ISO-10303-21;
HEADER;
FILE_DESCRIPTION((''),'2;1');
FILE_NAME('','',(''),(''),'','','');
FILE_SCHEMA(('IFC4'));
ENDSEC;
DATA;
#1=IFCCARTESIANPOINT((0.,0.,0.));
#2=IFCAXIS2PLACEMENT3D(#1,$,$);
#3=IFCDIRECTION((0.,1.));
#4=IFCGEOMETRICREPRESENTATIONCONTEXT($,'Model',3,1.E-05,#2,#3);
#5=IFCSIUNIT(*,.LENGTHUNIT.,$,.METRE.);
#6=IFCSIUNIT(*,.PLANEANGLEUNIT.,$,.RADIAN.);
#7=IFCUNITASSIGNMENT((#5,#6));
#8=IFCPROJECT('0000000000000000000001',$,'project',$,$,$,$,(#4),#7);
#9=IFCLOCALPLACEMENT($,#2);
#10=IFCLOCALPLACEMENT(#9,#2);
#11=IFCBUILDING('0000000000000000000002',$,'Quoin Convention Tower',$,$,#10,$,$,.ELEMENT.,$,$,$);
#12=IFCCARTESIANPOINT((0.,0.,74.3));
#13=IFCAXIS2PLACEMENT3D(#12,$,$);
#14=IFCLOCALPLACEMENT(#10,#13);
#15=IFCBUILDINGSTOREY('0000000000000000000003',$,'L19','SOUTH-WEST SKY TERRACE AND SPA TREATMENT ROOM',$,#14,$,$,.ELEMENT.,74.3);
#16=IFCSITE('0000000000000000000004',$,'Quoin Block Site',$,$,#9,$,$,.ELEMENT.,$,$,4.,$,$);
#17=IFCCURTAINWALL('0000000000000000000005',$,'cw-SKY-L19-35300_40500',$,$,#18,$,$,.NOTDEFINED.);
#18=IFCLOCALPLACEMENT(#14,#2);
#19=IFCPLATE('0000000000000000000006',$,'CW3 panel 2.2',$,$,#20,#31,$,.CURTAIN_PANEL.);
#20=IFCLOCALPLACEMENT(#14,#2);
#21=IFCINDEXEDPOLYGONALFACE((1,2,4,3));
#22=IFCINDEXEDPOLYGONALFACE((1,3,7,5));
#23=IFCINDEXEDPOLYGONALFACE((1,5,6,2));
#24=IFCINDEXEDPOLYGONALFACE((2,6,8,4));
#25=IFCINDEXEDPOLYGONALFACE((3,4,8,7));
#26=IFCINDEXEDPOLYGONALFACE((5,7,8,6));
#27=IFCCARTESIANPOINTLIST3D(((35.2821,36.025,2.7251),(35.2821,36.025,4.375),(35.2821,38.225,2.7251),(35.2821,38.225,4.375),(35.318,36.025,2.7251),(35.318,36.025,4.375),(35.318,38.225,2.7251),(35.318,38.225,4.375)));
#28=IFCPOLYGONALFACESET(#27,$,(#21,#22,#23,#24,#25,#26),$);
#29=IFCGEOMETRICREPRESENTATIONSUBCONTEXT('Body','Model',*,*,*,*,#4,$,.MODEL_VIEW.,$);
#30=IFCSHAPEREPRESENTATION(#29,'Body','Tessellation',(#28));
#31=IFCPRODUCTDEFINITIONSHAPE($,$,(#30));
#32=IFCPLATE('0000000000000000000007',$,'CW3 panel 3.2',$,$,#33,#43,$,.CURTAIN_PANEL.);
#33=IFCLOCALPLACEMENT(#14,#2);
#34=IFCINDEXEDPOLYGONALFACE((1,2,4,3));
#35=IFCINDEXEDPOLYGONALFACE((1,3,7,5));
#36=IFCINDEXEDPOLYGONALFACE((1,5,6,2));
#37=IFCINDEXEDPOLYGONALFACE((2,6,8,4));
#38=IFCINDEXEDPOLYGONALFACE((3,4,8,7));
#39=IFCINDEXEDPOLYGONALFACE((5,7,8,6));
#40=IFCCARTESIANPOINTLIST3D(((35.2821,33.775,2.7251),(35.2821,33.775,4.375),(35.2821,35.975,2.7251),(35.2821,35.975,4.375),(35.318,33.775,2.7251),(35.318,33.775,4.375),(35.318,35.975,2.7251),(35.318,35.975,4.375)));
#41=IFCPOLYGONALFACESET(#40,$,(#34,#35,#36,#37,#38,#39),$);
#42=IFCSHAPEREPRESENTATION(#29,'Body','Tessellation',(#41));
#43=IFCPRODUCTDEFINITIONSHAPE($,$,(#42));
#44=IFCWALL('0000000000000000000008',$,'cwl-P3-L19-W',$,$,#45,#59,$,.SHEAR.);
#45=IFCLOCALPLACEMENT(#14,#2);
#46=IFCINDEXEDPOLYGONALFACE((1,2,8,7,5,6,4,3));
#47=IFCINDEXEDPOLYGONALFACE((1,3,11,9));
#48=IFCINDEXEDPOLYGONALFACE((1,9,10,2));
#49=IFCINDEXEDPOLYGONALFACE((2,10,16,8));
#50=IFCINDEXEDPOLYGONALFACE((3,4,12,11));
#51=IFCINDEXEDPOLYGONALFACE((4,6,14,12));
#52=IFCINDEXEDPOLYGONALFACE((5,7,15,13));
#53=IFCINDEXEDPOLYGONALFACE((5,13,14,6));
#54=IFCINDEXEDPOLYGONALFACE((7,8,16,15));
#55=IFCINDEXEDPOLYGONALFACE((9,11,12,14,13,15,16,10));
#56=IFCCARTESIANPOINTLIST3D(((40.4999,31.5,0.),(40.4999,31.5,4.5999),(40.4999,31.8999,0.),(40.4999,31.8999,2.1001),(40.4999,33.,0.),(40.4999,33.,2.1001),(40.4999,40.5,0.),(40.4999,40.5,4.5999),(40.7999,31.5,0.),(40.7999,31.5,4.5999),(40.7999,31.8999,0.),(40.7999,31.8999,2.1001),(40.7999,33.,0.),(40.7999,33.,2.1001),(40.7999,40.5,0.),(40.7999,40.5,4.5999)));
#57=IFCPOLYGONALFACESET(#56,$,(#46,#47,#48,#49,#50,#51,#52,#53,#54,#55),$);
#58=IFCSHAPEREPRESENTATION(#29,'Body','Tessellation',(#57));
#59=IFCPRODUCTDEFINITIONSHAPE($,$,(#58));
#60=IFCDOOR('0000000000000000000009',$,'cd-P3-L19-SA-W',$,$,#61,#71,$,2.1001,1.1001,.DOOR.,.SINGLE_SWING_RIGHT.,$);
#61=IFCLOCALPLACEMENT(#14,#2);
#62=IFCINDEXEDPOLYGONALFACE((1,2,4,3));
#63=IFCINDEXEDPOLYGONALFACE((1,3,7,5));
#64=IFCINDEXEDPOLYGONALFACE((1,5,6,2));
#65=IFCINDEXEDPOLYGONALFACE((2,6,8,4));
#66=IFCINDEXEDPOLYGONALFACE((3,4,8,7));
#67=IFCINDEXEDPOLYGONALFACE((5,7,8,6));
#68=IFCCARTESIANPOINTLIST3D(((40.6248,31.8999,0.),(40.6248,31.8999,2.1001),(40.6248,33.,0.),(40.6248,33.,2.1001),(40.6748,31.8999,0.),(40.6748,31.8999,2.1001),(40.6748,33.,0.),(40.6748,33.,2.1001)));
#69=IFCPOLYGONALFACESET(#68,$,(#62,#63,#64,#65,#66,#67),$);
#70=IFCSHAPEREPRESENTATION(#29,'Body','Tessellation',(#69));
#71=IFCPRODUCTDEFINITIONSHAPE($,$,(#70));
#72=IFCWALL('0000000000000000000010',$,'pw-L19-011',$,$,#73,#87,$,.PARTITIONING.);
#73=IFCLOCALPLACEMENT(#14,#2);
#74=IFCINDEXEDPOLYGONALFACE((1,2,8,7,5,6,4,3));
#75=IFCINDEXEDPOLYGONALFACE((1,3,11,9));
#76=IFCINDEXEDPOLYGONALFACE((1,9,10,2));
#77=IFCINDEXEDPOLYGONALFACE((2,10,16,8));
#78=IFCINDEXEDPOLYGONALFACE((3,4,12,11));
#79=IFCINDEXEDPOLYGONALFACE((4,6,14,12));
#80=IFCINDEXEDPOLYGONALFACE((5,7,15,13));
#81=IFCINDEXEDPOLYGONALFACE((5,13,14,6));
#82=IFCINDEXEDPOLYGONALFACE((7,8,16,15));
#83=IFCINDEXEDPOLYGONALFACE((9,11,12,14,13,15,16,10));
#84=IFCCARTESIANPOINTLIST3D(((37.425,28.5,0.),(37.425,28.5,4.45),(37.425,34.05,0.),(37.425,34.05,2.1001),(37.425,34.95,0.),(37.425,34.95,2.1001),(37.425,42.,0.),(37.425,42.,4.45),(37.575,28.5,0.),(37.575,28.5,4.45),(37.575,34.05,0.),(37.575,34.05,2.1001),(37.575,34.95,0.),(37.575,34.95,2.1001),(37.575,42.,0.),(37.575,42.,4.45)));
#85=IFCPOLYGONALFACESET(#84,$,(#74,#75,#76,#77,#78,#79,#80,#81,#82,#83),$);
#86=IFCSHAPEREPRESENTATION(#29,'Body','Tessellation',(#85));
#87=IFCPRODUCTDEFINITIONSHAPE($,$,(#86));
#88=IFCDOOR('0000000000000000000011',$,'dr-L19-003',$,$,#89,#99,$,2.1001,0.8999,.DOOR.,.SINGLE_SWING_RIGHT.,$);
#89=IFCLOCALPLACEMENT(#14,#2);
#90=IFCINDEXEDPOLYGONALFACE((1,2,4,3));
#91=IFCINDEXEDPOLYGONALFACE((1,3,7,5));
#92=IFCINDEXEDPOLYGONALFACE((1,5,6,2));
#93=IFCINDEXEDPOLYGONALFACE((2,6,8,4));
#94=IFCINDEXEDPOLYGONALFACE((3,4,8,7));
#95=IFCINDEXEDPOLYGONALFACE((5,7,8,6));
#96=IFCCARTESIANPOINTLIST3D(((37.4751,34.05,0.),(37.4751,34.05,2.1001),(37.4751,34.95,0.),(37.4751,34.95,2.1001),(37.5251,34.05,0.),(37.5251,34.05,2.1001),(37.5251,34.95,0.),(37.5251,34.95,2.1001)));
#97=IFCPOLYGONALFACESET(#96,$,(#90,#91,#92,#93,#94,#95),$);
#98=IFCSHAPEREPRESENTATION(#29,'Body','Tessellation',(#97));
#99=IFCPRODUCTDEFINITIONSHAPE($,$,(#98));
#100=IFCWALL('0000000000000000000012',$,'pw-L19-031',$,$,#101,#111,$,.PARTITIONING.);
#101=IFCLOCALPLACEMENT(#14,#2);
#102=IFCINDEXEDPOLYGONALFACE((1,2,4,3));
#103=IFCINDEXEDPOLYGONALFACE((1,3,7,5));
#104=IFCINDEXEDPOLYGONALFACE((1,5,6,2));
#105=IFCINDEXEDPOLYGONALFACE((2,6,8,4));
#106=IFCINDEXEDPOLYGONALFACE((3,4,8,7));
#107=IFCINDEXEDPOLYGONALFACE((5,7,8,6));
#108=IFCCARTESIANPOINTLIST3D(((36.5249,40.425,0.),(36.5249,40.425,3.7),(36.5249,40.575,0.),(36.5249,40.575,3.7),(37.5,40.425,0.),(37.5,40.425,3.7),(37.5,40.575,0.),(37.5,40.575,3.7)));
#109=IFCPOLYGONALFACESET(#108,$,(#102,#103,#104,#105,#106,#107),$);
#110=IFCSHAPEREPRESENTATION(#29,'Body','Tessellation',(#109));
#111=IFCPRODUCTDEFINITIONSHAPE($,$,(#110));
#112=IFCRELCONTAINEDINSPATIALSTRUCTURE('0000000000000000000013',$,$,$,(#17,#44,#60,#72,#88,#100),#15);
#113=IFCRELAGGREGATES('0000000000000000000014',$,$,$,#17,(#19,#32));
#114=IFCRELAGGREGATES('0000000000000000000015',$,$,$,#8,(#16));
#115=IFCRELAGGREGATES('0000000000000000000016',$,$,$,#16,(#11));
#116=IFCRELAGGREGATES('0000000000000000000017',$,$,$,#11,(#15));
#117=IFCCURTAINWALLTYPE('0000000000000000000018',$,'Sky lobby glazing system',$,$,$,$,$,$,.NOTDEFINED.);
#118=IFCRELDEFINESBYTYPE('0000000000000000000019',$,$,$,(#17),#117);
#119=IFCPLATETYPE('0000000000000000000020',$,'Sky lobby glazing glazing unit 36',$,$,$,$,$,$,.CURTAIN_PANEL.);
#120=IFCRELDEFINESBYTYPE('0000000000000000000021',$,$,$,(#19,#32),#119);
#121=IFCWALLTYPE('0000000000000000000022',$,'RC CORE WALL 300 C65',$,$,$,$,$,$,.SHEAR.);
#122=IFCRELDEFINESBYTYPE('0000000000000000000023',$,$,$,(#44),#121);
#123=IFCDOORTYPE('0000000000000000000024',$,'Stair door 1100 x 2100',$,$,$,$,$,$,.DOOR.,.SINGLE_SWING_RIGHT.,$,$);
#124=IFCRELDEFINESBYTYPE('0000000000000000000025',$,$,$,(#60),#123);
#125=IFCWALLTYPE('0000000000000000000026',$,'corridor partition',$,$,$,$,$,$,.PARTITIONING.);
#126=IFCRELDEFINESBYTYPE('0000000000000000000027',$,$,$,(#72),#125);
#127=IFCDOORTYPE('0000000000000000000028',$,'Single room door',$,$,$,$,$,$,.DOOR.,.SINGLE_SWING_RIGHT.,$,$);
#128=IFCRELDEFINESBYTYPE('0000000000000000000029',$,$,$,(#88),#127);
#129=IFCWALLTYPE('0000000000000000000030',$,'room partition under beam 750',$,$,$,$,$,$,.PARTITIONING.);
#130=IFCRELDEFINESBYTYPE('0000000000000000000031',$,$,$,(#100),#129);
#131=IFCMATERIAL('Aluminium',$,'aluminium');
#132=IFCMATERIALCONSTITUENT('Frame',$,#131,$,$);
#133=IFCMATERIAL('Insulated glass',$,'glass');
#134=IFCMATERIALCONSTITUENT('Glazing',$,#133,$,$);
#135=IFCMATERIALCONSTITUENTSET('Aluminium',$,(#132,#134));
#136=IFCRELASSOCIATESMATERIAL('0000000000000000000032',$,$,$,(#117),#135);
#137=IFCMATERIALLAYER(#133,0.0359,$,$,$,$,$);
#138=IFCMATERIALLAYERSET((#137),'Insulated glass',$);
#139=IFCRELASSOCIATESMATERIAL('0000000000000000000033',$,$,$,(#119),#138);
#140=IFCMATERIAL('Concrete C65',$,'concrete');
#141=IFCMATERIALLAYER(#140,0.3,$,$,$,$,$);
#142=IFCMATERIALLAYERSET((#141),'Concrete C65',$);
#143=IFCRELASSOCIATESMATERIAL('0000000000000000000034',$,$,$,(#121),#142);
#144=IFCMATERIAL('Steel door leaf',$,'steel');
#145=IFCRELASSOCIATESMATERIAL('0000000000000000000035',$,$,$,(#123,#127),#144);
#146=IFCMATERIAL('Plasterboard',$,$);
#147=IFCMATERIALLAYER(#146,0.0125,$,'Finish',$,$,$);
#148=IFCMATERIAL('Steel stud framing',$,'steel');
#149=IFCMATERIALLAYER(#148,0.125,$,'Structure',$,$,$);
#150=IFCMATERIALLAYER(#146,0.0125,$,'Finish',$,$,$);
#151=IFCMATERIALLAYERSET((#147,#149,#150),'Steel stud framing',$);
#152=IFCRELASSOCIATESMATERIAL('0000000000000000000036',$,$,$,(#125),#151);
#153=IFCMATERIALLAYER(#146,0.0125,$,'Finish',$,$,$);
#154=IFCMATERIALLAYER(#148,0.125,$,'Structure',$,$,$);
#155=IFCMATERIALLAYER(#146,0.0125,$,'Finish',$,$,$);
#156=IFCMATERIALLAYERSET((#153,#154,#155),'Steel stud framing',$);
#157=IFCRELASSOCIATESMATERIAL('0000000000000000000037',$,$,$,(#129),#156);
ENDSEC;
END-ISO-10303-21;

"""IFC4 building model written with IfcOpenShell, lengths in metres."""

from ifc_helpers import new_model, si_unit, direction, frame, frame_2d, origin, origin_2d, place, context, subcontext, project, spatial, rectangle, extrude, material, layer, layer_set, constituent, constituent_set, type_object, element, fill, aggregate, save


model = new_model("IFC4")

# Units and contexts
model_context = context("Model", 3, precision=1e-05, world=origin(), true_north=direction((0.0, 1.0)))
body_context = subcontext(model_context, "Body", "Model", "MODEL_VIEW")
ifc_project = project(units=[si_unit("LENGTHUNIT", "METRE"), si_unit("PLANEANGLEUNIT", "RADIAN")], contexts=[model_context])

# Site, building, storey
site_placement = place(None, origin())
site = spatial("IfcSite", under=ifc_project, at=site_placement, Name="Quoin Block Site", CompositionType="ELEMENT", RefElevation=4.0)
building_placement = place(site_placement, origin())
building = spatial("IfcBuilding", under=site, at=building_placement, Name="Quoin Convention Tower", CompositionType="ELEMENT")
storey_placement = place(building_placement, frame((0.0, 0.0, 74.3)))
storey = spatial("IfcBuildingStorey", under=building, at=storey_placement, Name="L19", Description="SOUTH-WEST SKY TERRACE AND SPA TREATMENT ROOM", CompositionType="ELEMENT", Elevation=74.3)

# Shared definitions
ifc_material_1 = material(Name="Concrete C65", Category="concrete")

# Shared definitions
ifc_material_2 = material(Name="Aluminium", Category="aluminium")
ifc_constituent_1 = constituent(ifc_material_2, Name="Frame")
ifc_material_3 = material(Name="Insulated glass", Category="glass")
ifc_constituent_2 = constituent(ifc_material_3, Name="Glazing")
ifc_constituent_set = constituent_set(constituents=[ifc_constituent_1, ifc_constituent_2], Name="Aluminium")
curtain_wall_type = type_object("IfcCurtainWallType", Name="Sky lobby glazing system", PredefinedType="NOTDEFINED", material=ifc_constituent_set)

# Curtain wall, plates
curtain_wall_1_placement = place(storey_placement, origin())
curtain_wall_1 = element("IfcCurtainWall", 1, at=curtain_wall_1_placement, inside=storey, type_object=curtain_wall_type, Name="cw-SKY-L19-35300_40500", PredefinedType="NOTDEFINED")
ifc_layer_1 = layer(ifc_material_3, 0.0359)
ifc_layer_set_1 = layer_set([ifc_layer_1], Name="Insulated glass")
plate_type = type_object("IfcPlateType", Name="Sky lobby glazing glazing unit 36", PredefinedType="CURTAIN_PANEL", material=ifc_layer_set_1)
plate_1_placement = place(storey_placement, frame((35.3, 37.125, 2.7251), z_axis=(0.0, 0.0, 1.0), x_axis=(0.0, -1.0, 0.0)))
plate_1 = element("IfcPlate", 2, at=plate_1_placement, type_object=plate_type, Name="CW3 panel 2.2", PredefinedType="CURTAIN_PANEL", context=body_context, shape_type="SweptSolid", body=[
    extrude(rectangle(XDim=2.2, YDim=0.0359, at=origin_2d()), origin(), (0.0, 0.0, 1.0), 1.6499),
])
plate_2_placement = place(storey_placement, frame((35.3, 34.875, 2.7251), z_axis=(0.0, 0.0, 1.0), x_axis=(0.0, -1.0, 0.0)))
plate_2 = element("IfcPlate", 3, at=plate_2_placement, type_object=plate_type, Name="CW3 panel 3.2", PredefinedType="CURTAIN_PANEL", context=body_context, shape_type="SweptSolid", body=[
    extrude(rectangle(XDim=2.2, YDim=0.0359, at=origin_2d()), origin(), (0.0, 0.0, 1.0), 1.6499),
])
aggregate(curtain_wall_1, [plate_1, plate_2])

# Walls, openings, doors
ifc_layer_2 = layer(ifc_material_1, 0.3)
ifc_layer_set_2 = layer_set([ifc_layer_2], Name="Concrete C65")
wall_type_1 = type_object("IfcWallType", Name="RC CORE WALL 300 C65", PredefinedType="SHEAR", material=ifc_layer_set_2)
wall_1_placement = place(storey_placement, frame((40.6499, 31.5, 0.0), z_axis=(0.0, 0.0, 1.0), x_axis=(0.0, 1.0, 0.0)))
wall_1 = element("IfcWall", 4, at=wall_1_placement, inside=storey, type_object=wall_type_1, Name="cwl-P3-L19-W", PredefinedType="SHEAR", context=body_context, shape_type="SweptSolid", body=[
    extrude(rectangle(XDim=9.0, YDim=0.3, at=frame_2d((4.5, 0.0))), origin(), (0.0, 0.0, 1.0), 4.5999),
])
opening_1_placement = place(wall_1_placement, frame((0.3999, 0.0, 0.0)))
opening_1 = element("IfcOpeningElement", 5, at=opening_1_placement, cuts=wall_1, PredefinedType="OPENING", context=body_context, shape_type="SweptSolid", body=[
    extrude(rectangle(XDim=1.1001, YDim=2.1001, at=frame_2d((0.55, 1.05))), frame((0.0, 0.1599, 0.0), z_axis=(0.0, -1.0, 0.0), x_axis=(1.0, 0.0, 0.0)), (0.0, 0.0, 1.0), 0.3201),
])
ifc_material_4 = material(Name="Steel door leaf", Category="steel")
door_type_1 = type_object("IfcDoorType", Name="Stair door 1100 x 2100", OperationType="SINGLE_SWING_RIGHT", PredefinedType="DOOR", material=ifc_material_4)
door_1_placement = place(opening_1_placement, frame((1.1001, 0.0, 0.0), z_axis=(0.0, 0.0, 1.0), x_axis=(-1.0, 0.0, 0.0)))
door_1 = element("IfcDoor", 6, at=door_1_placement, inside=storey, type_object=door_type_1, Name="cd-P3-L19-SA-W", OperationType="SINGLE_SWING_RIGHT", OverallHeight=2.1001, OverallWidth=1.1001, PredefinedType="DOOR", context=body_context, shape_type="SweptSolid", body=[
    extrude(rectangle(XDim=1.1001, YDim=2.1001, at=frame_2d((0.55, 1.05))), frame((0.0, 0.0249, 0.0), z_axis=(0.0, -1.0, 0.0), x_axis=(1.0, 0.0, 0.0)), (0.0, 0.0, 1.0), 0.05),
])
fill(opening_1, door_1)
ifc_material_5 = material(Name="Plasterboard")
ifc_layer_3 = layer(ifc_material_5, 0.0125, Name="Finish")
ifc_material_6 = material(Name="Steel stud framing", Category="steel")
ifc_layer_4 = layer(ifc_material_6, 0.125, Name="Structure")
ifc_layer_5 = layer(ifc_material_5, 0.0125, Name="Finish")
ifc_layer_set_3 = layer_set([ifc_layer_3, ifc_layer_4, ifc_layer_5], Name="Steel stud framing")
wall_type_2 = type_object("IfcWallType", Name="corridor partition", PredefinedType="PARTITIONING", material=ifc_layer_set_3)
wall_2_placement = place(storey_placement, frame((37.5, 28.5, 0.0), z_axis=(0.0, 0.0, 1.0), x_axis=(0.0, 1.0, 0.0)))
wall_2 = element("IfcWall", 7, at=wall_2_placement, inside=storey, type_object=wall_type_2, Name="pw-L19-011", PredefinedType="PARTITIONING", context=body_context, shape_type="SweptSolid", body=[
    extrude(rectangle(XDim=13.5, YDim=0.1499, at=frame_2d((6.75, 0.0))), origin(), (0.0, 0.0, 1.0), 4.45),
])
opening_2_placement = place(wall_2_placement, frame((5.55, 0.0, 0.0)))
opening_2 = element("IfcOpeningElement", 8, at=opening_2_placement, cuts=wall_2, PredefinedType="OPENING", context=body_context, shape_type="SweptSolid", body=[
    extrude(rectangle(XDim=0.8999, YDim=2.1001, at=frame_2d((0.45, 1.05))), frame((0.0, 0.085, 0.0), z_axis=(0.0, -1.0, 0.0), x_axis=(1.0, 0.0, 0.0)), (0.0, 0.0, 1.0), 0.1699),
])
door_type_2 = type_object("IfcDoorType", Name="Single room door", OperationType="SINGLE_SWING_RIGHT", PredefinedType="DOOR", material=ifc_material_4)
door_2_placement = place(opening_2_placement, origin())
door_2 = element("IfcDoor", 9, at=door_2_placement, inside=storey, type_object=door_type_2, Name="dr-L19-003", OperationType="SINGLE_SWING_RIGHT", OverallHeight=2.1001, OverallWidth=0.8999, PredefinedType="DOOR", context=body_context, shape_type="SweptSolid", body=[
    extrude(rectangle(XDim=0.8999, YDim=2.1001, at=frame_2d((0.45, 1.05))), frame((0.0, 0.0249, 0.0), z_axis=(0.0, -1.0, 0.0), x_axis=(1.0, 0.0, 0.0)), (0.0, 0.0, 1.0), 0.05),
])
fill(opening_2, door_2)

# Wall
ifc_layer_6 = layer(ifc_material_5, 0.0125, Name="Finish")
ifc_layer_7 = layer(ifc_material_6, 0.125, Name="Structure")
ifc_layer_8 = layer(ifc_material_5, 0.0125, Name="Finish")
ifc_layer_set_4 = layer_set([ifc_layer_6, ifc_layer_7, ifc_layer_8], Name="Steel stud framing")
wall_type_3 = type_object("IfcWallType", Name="room partition under beam 750", PredefinedType="PARTITIONING", material=ifc_layer_set_4)
wall_3_placement = place(storey_placement, frame((36.5249, 40.5, 0.0), z_axis=(0.0, 0.0, 1.0), x_axis=(1.0, 0.0, 0.0)))
element("IfcWall", 10, at=wall_3_placement, inside=storey, type_object=wall_type_3, Name="pw-L19-031", PredefinedType="PARTITIONING", context=body_context, shape_type="SweptSolid", body=[
    extrude(rectangle(XDim=0.9751, YDim=0.1499, at=frame_2d((0.4875, 0.0))), origin(), (0.0, 0.0, 1.0), 3.7),
])

save(model, "model.ifc")
